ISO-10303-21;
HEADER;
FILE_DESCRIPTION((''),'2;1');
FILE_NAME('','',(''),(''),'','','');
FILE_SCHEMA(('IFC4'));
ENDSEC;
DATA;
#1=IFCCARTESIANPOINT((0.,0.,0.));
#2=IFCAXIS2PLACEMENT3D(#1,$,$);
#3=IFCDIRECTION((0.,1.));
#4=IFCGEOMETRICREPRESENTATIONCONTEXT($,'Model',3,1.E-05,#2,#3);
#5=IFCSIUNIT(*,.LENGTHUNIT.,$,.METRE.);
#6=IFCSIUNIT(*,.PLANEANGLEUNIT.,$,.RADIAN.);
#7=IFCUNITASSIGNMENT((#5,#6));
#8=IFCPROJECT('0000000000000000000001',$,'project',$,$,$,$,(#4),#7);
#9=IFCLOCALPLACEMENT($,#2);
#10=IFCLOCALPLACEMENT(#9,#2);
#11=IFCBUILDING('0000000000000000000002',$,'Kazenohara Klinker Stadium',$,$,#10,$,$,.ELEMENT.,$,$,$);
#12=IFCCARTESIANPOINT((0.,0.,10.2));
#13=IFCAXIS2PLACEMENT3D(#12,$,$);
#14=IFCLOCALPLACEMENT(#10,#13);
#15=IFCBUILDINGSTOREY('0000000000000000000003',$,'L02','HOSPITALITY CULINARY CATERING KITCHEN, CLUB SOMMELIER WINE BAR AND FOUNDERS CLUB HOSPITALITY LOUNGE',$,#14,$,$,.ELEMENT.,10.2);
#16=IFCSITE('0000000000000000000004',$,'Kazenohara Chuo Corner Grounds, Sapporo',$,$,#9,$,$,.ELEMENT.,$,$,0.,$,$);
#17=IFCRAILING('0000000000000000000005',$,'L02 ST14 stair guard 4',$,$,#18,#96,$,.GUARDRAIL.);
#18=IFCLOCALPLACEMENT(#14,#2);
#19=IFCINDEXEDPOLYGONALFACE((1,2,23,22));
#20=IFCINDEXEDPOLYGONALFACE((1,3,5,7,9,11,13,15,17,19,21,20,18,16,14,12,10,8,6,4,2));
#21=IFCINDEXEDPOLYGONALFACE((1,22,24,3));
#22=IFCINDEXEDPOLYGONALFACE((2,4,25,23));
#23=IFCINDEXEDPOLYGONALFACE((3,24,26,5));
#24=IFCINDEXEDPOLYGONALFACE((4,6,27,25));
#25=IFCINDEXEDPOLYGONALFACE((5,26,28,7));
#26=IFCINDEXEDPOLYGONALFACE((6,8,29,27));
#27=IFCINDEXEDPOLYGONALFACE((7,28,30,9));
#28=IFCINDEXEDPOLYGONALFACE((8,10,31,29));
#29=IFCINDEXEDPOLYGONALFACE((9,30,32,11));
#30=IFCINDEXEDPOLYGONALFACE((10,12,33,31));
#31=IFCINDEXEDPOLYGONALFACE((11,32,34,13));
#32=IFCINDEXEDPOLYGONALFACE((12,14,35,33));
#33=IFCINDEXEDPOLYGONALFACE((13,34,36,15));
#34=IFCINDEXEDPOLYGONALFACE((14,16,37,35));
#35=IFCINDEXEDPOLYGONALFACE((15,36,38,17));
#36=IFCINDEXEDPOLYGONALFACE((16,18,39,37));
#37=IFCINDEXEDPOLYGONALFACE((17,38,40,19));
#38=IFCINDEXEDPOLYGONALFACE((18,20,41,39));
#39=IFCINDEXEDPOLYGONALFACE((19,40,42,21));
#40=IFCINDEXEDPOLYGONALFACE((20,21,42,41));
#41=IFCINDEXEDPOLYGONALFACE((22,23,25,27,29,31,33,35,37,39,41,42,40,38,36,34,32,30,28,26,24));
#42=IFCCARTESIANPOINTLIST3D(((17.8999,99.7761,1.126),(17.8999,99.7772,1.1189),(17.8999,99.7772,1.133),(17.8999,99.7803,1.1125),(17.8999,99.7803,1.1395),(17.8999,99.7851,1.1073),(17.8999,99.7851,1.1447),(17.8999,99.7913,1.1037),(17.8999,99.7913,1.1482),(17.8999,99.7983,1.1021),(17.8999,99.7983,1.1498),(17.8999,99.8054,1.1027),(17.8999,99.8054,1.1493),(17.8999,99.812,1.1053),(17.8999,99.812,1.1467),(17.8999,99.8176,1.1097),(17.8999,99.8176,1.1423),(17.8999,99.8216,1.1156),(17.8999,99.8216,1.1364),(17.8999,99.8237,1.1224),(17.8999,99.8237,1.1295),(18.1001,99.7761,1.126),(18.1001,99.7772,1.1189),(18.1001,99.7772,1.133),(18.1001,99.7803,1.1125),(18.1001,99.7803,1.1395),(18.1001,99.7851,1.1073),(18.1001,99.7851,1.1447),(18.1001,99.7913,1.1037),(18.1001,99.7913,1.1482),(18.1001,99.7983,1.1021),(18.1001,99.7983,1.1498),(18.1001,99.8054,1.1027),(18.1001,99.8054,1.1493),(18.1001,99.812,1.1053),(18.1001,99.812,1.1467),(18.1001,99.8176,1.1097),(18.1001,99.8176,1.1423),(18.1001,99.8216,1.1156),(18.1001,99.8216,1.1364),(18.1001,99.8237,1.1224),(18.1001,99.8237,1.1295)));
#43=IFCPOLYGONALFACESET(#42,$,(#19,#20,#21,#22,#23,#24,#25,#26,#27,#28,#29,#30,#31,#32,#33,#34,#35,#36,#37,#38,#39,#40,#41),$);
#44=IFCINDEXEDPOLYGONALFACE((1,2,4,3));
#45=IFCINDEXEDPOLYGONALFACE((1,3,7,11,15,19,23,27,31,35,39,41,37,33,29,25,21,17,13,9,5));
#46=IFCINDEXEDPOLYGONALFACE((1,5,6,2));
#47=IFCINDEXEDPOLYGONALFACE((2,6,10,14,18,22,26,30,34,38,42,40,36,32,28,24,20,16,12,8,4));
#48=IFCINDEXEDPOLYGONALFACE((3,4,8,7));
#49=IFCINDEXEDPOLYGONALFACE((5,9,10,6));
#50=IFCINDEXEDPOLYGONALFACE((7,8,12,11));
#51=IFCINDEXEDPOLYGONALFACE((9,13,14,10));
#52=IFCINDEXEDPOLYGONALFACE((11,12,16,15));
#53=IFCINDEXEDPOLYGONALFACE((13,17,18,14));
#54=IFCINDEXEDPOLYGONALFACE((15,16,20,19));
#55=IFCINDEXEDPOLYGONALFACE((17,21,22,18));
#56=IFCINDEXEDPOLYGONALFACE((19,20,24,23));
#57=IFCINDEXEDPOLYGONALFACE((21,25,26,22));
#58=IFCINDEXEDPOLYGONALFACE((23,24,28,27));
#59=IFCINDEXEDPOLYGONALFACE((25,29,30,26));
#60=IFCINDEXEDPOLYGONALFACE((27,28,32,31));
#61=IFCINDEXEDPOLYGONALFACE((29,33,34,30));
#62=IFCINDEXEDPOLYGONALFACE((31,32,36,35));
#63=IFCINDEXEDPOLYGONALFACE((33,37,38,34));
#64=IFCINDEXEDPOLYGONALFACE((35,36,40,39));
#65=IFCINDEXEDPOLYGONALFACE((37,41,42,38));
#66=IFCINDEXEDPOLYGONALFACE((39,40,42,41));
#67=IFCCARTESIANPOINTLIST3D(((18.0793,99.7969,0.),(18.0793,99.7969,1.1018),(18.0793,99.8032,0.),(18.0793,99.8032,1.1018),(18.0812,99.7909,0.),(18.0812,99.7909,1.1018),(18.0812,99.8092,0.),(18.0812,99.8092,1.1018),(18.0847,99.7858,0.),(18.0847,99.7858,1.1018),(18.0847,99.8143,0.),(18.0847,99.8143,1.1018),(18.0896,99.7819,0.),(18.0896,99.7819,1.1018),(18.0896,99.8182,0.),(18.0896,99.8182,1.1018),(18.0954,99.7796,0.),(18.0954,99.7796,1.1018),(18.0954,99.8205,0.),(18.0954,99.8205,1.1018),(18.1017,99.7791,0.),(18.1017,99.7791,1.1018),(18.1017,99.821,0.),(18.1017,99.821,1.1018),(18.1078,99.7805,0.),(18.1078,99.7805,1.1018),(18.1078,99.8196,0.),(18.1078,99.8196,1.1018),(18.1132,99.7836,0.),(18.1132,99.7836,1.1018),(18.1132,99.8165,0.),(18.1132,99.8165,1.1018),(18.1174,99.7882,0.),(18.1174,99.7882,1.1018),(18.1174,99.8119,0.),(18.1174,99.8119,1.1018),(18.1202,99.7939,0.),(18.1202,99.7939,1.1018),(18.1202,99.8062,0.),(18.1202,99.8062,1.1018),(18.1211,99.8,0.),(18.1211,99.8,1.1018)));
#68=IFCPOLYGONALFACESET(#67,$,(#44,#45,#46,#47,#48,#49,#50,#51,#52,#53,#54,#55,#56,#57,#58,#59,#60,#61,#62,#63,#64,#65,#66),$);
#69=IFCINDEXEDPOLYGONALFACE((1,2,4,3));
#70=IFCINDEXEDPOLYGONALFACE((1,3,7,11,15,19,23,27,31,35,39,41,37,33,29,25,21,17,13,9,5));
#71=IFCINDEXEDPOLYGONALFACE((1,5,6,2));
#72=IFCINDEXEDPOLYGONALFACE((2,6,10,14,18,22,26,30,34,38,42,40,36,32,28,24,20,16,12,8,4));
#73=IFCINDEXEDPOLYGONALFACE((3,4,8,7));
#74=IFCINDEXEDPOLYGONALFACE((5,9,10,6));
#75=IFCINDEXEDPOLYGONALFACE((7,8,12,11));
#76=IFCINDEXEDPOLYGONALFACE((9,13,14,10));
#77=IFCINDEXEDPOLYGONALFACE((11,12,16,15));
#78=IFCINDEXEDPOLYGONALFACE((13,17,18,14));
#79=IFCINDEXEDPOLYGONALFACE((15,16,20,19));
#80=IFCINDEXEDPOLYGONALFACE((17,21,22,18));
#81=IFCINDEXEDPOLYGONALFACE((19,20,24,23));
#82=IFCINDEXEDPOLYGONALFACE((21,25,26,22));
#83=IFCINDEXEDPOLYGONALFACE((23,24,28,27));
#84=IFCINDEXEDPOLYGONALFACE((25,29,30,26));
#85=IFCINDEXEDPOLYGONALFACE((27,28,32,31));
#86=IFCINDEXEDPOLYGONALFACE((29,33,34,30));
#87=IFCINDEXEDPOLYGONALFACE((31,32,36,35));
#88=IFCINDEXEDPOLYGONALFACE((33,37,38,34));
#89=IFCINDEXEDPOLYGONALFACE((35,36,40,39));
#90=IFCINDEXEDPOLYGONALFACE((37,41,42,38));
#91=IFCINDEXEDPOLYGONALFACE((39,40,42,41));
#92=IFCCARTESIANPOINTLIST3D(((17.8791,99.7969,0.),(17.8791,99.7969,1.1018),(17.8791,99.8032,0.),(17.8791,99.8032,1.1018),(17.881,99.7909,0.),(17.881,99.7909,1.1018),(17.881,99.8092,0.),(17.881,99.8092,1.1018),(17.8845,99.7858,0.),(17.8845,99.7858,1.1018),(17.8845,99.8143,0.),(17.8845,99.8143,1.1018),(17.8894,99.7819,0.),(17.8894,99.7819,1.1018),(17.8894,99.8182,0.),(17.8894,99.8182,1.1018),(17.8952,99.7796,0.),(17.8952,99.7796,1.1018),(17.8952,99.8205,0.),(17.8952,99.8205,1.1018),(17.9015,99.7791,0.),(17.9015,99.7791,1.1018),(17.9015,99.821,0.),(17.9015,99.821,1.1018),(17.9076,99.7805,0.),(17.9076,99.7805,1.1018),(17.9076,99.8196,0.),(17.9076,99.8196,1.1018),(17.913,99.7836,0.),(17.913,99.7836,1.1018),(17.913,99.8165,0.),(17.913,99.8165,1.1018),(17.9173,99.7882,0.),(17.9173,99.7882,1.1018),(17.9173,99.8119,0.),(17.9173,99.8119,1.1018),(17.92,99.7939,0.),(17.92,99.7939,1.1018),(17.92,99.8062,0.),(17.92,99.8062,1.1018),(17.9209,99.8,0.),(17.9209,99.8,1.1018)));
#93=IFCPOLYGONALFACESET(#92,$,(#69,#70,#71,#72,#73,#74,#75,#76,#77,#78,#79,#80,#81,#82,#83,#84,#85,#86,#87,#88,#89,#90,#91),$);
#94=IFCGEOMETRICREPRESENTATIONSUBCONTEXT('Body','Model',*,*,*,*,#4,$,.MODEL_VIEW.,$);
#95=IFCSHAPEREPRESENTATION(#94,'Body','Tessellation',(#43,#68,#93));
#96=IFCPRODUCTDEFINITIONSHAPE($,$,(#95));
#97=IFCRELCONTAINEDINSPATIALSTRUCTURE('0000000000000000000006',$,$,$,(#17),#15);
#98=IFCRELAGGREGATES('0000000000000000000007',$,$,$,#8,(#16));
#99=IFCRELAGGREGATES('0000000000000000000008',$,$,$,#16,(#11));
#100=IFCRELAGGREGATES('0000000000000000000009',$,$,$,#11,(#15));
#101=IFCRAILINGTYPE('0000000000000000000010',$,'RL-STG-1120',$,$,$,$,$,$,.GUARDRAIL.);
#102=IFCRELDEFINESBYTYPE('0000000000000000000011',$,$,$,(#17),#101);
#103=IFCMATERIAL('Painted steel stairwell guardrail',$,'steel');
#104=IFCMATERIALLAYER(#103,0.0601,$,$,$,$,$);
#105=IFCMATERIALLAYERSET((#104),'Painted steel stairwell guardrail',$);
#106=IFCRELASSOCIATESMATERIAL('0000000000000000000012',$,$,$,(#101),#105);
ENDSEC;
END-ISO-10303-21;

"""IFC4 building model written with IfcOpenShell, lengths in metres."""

from ifc_helpers import new_model, si_unit, direction, frame, origin, origin_2d, place, context, subcontext, project, spatial, circle, extrude, material, layer, layer_set, type_object, element, save


model = new_model("IFC4")

# Units and contexts
model_context = context("Model", 3, precision=1e-05, world=origin(), true_north=direction((0.0, 1.0)))
body_context = subcontext(model_context, "Body", "Model", "MODEL_VIEW")
ifc_project = project(units=[si_unit("LENGTHUNIT", "METRE"), si_unit("PLANEANGLEUNIT", "RADIAN")], contexts=[model_context])

# Site, building, storey
site_placement = place(None, origin())
site = spatial("IfcSite", under=ifc_project, at=site_placement, Name="Kazenohara Chuo Corner Grounds, Sapporo", CompositionType="ELEMENT", RefElevation=0.0)
building_placement = place(site_placement, origin())
building = spatial("IfcBuilding", under=site, at=building_placement, Name="Kazenohara Klinker Stadium", CompositionType="ELEMENT")
storey_placement = place(building_placement, frame((0.0, 0.0, 10.2)))
storey = spatial("IfcBuildingStorey", under=building, at=storey_placement, Name="L02", Description="HOSPITALITY CULINARY CATERING KITCHEN, CLUB SOMMELIER WINE BAR AND FOUNDERS CLUB HOSPITALITY LOUNGE", CompositionType="ELEMENT", Elevation=10.2)

# Railing
ifc_material_1 = material(Name="Painted steel stairwell guardrail", Category="steel")
ifc_layer_1 = layer(ifc_material_1, 0.0601)
ifc_layer_set_1 = layer_set([ifc_layer_1], Name="Painted steel stairwell guardrail")
railing_type_1 = type_object("IfcRailingType", Name="RL-STG-1120", PredefinedType="GUARDRAIL", material=ifc_layer_set_1)
railing_1_placement = place(storey_placement, frame((18.1001, 99.8, 0.0)))
element("IfcRailing", 1, at=railing_1_placement, inside=storey, type_object=railing_type_1, Name="L02 ST14 stair guard 4", PredefinedType="GUARDRAIL", context=body_context, shape_type="SweptSolid", body=[
    extrude(circle(Radius=0.0239, at=origin_2d()), frame((0.0, 0.0, 1.126), z_axis=(-1.0, 0.0, 0.0), x_axis=(0.0, -1.0, 0.0)), (0.0, 0.0, 1.0), 0.2002),
    extrude(circle(Radius=0.021, at=origin_2d()), origin(), (0.0, 0.0, 1.0), 1.1018),
    extrude(circle(Radius=0.021, at=origin_2d()), frame((-0.2002, 0.0, 0.0)), (0.0, 0.0, 1.0), 1.1018),
])

save(model, "model.ifc")
